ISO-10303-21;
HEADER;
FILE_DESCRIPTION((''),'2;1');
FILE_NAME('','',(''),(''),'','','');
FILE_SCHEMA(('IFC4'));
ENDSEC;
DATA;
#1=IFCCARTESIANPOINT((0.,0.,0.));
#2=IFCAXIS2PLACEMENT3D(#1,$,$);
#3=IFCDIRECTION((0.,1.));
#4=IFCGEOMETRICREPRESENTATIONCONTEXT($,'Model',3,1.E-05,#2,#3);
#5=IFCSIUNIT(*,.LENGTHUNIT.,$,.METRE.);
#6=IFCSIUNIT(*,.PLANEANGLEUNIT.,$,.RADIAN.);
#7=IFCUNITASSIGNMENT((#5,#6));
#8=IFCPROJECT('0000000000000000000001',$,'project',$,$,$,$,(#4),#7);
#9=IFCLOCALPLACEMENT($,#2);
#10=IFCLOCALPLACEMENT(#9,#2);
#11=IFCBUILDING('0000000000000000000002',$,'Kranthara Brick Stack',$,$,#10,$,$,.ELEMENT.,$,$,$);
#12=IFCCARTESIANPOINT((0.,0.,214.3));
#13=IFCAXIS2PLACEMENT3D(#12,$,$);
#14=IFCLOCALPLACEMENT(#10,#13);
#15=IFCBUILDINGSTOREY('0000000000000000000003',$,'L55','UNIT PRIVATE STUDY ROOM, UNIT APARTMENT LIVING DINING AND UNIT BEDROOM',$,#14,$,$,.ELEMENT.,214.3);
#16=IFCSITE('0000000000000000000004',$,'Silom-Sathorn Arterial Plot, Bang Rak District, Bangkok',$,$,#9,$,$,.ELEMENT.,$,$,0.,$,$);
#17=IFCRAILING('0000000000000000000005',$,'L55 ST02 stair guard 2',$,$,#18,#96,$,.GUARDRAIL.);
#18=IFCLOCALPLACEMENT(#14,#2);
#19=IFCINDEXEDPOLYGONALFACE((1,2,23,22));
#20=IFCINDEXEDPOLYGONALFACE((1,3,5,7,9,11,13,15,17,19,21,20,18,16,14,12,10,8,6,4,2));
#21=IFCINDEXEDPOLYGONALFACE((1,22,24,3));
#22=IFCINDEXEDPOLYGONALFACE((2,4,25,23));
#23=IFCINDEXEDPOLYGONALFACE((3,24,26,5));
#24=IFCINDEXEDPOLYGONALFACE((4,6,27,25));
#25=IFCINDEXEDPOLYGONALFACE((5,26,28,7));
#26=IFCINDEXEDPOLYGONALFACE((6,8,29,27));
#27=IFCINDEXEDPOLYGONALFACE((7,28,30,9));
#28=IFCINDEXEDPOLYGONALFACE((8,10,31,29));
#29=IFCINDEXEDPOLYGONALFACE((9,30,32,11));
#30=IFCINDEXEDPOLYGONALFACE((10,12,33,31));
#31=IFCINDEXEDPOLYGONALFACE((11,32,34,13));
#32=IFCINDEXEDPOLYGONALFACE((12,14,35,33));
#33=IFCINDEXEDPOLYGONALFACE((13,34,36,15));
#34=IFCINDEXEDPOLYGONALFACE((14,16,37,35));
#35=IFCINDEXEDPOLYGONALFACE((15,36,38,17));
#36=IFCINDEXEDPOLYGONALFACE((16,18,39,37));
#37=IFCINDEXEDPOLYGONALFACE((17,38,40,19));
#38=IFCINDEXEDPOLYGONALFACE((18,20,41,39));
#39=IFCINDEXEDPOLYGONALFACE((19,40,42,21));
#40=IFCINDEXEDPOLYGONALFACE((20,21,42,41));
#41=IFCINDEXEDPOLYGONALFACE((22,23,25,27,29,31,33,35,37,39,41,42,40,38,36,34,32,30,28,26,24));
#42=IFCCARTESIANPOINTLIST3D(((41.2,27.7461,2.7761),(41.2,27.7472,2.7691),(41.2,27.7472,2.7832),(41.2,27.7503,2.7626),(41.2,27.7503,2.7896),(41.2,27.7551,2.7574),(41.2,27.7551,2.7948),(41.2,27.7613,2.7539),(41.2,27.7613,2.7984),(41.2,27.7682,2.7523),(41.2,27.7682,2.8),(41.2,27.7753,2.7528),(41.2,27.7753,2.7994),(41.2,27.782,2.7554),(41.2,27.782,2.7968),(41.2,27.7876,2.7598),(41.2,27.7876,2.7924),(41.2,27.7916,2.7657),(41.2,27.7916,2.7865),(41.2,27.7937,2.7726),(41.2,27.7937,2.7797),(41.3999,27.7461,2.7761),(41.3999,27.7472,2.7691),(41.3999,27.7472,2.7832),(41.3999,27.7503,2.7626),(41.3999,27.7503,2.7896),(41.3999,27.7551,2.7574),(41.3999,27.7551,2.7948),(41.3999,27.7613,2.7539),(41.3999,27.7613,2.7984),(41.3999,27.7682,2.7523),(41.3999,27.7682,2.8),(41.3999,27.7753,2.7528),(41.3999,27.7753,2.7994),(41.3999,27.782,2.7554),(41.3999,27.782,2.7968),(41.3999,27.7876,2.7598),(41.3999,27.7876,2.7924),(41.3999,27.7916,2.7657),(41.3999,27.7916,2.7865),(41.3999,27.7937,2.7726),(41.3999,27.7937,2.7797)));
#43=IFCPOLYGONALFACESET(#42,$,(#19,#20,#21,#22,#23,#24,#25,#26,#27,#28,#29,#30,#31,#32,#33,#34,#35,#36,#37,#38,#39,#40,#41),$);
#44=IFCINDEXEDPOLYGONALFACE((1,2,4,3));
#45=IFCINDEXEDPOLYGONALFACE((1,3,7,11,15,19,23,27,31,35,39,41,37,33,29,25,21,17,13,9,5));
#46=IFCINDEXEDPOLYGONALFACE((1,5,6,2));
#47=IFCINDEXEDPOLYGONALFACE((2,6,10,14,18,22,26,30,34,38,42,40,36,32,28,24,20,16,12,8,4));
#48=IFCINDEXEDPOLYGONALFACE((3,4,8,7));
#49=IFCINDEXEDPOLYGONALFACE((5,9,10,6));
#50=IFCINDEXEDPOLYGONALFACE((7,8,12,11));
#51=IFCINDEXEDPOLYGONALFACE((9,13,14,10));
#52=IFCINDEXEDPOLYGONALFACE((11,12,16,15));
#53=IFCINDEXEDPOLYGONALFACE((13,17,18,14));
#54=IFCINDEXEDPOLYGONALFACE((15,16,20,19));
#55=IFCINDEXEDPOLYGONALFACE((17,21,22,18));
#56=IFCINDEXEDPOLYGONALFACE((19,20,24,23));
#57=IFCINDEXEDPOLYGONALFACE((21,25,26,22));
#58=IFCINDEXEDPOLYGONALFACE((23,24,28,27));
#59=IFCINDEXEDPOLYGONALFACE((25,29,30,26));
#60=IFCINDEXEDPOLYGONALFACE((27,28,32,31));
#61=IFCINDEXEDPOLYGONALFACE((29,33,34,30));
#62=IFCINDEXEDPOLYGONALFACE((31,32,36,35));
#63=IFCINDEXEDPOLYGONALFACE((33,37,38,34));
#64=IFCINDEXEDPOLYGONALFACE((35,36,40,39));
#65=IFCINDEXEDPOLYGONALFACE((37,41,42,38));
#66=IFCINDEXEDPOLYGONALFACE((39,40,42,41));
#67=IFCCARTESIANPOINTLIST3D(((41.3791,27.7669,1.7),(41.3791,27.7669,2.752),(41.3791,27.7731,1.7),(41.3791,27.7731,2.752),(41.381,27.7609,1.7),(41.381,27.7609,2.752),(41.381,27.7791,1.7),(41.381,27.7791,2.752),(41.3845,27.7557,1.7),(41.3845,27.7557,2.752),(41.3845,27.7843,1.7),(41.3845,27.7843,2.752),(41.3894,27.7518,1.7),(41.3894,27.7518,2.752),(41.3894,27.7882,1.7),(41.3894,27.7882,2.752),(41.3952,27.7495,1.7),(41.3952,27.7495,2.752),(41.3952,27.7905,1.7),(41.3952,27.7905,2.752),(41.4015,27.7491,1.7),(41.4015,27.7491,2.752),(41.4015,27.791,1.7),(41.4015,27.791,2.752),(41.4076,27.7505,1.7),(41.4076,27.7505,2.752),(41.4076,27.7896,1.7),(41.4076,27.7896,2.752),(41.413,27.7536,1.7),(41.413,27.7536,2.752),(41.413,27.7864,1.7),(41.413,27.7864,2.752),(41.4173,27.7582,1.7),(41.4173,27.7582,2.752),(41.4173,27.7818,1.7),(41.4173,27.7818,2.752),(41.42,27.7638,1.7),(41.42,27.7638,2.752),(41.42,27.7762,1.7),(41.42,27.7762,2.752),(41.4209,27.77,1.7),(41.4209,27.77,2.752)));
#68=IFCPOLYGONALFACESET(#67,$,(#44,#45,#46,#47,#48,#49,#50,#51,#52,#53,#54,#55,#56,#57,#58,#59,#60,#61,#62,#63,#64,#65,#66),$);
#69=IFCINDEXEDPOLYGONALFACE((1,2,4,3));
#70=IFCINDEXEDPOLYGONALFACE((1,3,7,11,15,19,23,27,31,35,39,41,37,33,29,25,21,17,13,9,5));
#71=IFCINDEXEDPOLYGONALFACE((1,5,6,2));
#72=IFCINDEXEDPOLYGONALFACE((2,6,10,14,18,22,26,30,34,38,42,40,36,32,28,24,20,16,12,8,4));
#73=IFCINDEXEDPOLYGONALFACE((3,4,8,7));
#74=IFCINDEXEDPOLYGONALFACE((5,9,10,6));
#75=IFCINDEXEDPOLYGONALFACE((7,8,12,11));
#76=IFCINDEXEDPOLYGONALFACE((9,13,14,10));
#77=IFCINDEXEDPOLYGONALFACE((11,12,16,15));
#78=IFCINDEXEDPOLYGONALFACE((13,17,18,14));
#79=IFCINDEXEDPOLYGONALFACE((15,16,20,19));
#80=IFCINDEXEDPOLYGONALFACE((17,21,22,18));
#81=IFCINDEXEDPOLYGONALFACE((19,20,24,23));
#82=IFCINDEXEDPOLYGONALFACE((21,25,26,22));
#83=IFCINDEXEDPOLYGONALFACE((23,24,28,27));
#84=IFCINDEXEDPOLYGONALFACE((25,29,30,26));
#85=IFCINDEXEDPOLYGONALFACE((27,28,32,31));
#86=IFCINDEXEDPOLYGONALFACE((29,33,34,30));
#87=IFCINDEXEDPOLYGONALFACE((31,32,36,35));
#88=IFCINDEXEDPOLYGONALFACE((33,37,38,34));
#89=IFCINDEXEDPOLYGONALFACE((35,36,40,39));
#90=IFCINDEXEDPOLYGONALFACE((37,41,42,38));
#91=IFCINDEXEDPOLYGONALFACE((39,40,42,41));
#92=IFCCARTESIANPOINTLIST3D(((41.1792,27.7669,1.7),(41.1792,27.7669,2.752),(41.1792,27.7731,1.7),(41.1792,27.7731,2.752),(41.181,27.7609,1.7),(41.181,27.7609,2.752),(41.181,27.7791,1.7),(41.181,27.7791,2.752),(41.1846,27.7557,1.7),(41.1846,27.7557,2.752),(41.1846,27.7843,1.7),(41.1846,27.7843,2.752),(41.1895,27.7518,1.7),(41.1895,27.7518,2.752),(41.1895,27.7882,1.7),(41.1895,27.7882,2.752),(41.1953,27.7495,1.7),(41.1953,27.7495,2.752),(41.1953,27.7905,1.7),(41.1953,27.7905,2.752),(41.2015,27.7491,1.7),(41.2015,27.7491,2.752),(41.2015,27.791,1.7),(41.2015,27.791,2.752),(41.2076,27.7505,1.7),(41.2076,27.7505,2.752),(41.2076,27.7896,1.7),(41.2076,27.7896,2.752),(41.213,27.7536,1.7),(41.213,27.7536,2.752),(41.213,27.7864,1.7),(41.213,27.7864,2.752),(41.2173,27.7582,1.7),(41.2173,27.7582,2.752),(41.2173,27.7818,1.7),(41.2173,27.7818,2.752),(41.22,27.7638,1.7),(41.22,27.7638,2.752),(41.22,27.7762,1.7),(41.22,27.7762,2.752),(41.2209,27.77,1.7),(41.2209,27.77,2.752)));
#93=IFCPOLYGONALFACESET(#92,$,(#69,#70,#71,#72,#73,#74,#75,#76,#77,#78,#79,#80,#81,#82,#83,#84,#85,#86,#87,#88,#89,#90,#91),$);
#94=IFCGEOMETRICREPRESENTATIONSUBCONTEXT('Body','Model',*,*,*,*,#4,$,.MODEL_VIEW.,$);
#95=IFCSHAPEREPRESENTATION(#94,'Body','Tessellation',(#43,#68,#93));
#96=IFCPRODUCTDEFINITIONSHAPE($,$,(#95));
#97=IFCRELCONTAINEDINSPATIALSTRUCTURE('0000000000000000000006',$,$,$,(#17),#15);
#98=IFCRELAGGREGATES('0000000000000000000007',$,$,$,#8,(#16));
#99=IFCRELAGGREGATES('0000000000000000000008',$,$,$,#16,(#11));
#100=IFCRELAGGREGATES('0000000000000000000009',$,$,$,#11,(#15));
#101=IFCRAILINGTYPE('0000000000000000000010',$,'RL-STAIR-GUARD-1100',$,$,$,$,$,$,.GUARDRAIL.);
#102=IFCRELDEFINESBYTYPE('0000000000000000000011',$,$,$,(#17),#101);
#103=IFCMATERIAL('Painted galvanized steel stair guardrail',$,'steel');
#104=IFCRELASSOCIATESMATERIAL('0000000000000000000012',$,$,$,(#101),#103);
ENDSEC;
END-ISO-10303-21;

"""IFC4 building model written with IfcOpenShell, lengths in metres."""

from ifc_helpers import new_model, si_unit, direction, frame, origin, origin_2d, place, context, subcontext, project, spatial, circle, extrude, material, type_object, element, save


model = new_model("IFC4")

# Units and contexts
model_context = context("Model", 3, precision=1e-05, world=origin(), true_north=direction((0.0, 1.0)))
body_context = subcontext(model_context, "Body", "Model", "MODEL_VIEW")
ifc_project = project(units=[si_unit("LENGTHUNIT", "METRE"), si_unit("PLANEANGLEUNIT", "RADIAN")], contexts=[model_context])

# Site, building, storey
site_placement = place(None, origin())
site = spatial("IfcSite", under=ifc_project, at=site_placement, Name="Silom-Sathorn Arterial Plot, Bang Rak District, Bangkok", CompositionType="ELEMENT", RefElevation=0.0)
building_placement = place(site_placement, origin())
building = spatial("IfcBuilding", under=site, at=building_placement, Name="Kranthara Brick Stack", CompositionType="ELEMENT")
storey_placement = place(building_placement, frame((0.0, 0.0, 214.3)))
storey = spatial("IfcBuildingStorey", under=building, at=storey_placement, Name="L55", Description="UNIT PRIVATE STUDY ROOM, UNIT APARTMENT LIVING DINING AND UNIT BEDROOM", CompositionType="ELEMENT", Elevation=214.3)

# Railing
ifc_material_1 = material(Name="Painted galvanized steel stair guardrail", Category="steel")
railing_type_1 = type_object("IfcRailingType", Name="RL-STAIR-GUARD-1100", PredefinedType="GUARDRAIL", material=ifc_material_1)
railing_1_placement = place(storey_placement, frame((41.3999, 27.77, 1.7)))
element("IfcRailing", 1, at=railing_1_placement, inside=storey, type_object=railing_type_1, Name="L55 ST02 stair guard 2", PredefinedType="GUARDRAIL", context=body_context, shape_type="SweptSolid", body=[
    extrude(circle(Radius=0.0239, at=origin_2d()), frame((0.0, 0.0, 1.0762), z_axis=(-1.0, 0.0, 0.0), x_axis=(0.0, -1.0, 0.0)), (0.0, 0.0, 1.0), 0.2),
    extrude(circle(Radius=0.021, at=origin_2d()), origin(), (0.0, 0.0, 1.0), 1.052),
    extrude(circle(Radius=0.021, at=origin_2d()), frame((-0.2, 0.0, 0.0)), (0.0, 0.0, 1.0), 1.052),
])

save(model, "model.ifc")
